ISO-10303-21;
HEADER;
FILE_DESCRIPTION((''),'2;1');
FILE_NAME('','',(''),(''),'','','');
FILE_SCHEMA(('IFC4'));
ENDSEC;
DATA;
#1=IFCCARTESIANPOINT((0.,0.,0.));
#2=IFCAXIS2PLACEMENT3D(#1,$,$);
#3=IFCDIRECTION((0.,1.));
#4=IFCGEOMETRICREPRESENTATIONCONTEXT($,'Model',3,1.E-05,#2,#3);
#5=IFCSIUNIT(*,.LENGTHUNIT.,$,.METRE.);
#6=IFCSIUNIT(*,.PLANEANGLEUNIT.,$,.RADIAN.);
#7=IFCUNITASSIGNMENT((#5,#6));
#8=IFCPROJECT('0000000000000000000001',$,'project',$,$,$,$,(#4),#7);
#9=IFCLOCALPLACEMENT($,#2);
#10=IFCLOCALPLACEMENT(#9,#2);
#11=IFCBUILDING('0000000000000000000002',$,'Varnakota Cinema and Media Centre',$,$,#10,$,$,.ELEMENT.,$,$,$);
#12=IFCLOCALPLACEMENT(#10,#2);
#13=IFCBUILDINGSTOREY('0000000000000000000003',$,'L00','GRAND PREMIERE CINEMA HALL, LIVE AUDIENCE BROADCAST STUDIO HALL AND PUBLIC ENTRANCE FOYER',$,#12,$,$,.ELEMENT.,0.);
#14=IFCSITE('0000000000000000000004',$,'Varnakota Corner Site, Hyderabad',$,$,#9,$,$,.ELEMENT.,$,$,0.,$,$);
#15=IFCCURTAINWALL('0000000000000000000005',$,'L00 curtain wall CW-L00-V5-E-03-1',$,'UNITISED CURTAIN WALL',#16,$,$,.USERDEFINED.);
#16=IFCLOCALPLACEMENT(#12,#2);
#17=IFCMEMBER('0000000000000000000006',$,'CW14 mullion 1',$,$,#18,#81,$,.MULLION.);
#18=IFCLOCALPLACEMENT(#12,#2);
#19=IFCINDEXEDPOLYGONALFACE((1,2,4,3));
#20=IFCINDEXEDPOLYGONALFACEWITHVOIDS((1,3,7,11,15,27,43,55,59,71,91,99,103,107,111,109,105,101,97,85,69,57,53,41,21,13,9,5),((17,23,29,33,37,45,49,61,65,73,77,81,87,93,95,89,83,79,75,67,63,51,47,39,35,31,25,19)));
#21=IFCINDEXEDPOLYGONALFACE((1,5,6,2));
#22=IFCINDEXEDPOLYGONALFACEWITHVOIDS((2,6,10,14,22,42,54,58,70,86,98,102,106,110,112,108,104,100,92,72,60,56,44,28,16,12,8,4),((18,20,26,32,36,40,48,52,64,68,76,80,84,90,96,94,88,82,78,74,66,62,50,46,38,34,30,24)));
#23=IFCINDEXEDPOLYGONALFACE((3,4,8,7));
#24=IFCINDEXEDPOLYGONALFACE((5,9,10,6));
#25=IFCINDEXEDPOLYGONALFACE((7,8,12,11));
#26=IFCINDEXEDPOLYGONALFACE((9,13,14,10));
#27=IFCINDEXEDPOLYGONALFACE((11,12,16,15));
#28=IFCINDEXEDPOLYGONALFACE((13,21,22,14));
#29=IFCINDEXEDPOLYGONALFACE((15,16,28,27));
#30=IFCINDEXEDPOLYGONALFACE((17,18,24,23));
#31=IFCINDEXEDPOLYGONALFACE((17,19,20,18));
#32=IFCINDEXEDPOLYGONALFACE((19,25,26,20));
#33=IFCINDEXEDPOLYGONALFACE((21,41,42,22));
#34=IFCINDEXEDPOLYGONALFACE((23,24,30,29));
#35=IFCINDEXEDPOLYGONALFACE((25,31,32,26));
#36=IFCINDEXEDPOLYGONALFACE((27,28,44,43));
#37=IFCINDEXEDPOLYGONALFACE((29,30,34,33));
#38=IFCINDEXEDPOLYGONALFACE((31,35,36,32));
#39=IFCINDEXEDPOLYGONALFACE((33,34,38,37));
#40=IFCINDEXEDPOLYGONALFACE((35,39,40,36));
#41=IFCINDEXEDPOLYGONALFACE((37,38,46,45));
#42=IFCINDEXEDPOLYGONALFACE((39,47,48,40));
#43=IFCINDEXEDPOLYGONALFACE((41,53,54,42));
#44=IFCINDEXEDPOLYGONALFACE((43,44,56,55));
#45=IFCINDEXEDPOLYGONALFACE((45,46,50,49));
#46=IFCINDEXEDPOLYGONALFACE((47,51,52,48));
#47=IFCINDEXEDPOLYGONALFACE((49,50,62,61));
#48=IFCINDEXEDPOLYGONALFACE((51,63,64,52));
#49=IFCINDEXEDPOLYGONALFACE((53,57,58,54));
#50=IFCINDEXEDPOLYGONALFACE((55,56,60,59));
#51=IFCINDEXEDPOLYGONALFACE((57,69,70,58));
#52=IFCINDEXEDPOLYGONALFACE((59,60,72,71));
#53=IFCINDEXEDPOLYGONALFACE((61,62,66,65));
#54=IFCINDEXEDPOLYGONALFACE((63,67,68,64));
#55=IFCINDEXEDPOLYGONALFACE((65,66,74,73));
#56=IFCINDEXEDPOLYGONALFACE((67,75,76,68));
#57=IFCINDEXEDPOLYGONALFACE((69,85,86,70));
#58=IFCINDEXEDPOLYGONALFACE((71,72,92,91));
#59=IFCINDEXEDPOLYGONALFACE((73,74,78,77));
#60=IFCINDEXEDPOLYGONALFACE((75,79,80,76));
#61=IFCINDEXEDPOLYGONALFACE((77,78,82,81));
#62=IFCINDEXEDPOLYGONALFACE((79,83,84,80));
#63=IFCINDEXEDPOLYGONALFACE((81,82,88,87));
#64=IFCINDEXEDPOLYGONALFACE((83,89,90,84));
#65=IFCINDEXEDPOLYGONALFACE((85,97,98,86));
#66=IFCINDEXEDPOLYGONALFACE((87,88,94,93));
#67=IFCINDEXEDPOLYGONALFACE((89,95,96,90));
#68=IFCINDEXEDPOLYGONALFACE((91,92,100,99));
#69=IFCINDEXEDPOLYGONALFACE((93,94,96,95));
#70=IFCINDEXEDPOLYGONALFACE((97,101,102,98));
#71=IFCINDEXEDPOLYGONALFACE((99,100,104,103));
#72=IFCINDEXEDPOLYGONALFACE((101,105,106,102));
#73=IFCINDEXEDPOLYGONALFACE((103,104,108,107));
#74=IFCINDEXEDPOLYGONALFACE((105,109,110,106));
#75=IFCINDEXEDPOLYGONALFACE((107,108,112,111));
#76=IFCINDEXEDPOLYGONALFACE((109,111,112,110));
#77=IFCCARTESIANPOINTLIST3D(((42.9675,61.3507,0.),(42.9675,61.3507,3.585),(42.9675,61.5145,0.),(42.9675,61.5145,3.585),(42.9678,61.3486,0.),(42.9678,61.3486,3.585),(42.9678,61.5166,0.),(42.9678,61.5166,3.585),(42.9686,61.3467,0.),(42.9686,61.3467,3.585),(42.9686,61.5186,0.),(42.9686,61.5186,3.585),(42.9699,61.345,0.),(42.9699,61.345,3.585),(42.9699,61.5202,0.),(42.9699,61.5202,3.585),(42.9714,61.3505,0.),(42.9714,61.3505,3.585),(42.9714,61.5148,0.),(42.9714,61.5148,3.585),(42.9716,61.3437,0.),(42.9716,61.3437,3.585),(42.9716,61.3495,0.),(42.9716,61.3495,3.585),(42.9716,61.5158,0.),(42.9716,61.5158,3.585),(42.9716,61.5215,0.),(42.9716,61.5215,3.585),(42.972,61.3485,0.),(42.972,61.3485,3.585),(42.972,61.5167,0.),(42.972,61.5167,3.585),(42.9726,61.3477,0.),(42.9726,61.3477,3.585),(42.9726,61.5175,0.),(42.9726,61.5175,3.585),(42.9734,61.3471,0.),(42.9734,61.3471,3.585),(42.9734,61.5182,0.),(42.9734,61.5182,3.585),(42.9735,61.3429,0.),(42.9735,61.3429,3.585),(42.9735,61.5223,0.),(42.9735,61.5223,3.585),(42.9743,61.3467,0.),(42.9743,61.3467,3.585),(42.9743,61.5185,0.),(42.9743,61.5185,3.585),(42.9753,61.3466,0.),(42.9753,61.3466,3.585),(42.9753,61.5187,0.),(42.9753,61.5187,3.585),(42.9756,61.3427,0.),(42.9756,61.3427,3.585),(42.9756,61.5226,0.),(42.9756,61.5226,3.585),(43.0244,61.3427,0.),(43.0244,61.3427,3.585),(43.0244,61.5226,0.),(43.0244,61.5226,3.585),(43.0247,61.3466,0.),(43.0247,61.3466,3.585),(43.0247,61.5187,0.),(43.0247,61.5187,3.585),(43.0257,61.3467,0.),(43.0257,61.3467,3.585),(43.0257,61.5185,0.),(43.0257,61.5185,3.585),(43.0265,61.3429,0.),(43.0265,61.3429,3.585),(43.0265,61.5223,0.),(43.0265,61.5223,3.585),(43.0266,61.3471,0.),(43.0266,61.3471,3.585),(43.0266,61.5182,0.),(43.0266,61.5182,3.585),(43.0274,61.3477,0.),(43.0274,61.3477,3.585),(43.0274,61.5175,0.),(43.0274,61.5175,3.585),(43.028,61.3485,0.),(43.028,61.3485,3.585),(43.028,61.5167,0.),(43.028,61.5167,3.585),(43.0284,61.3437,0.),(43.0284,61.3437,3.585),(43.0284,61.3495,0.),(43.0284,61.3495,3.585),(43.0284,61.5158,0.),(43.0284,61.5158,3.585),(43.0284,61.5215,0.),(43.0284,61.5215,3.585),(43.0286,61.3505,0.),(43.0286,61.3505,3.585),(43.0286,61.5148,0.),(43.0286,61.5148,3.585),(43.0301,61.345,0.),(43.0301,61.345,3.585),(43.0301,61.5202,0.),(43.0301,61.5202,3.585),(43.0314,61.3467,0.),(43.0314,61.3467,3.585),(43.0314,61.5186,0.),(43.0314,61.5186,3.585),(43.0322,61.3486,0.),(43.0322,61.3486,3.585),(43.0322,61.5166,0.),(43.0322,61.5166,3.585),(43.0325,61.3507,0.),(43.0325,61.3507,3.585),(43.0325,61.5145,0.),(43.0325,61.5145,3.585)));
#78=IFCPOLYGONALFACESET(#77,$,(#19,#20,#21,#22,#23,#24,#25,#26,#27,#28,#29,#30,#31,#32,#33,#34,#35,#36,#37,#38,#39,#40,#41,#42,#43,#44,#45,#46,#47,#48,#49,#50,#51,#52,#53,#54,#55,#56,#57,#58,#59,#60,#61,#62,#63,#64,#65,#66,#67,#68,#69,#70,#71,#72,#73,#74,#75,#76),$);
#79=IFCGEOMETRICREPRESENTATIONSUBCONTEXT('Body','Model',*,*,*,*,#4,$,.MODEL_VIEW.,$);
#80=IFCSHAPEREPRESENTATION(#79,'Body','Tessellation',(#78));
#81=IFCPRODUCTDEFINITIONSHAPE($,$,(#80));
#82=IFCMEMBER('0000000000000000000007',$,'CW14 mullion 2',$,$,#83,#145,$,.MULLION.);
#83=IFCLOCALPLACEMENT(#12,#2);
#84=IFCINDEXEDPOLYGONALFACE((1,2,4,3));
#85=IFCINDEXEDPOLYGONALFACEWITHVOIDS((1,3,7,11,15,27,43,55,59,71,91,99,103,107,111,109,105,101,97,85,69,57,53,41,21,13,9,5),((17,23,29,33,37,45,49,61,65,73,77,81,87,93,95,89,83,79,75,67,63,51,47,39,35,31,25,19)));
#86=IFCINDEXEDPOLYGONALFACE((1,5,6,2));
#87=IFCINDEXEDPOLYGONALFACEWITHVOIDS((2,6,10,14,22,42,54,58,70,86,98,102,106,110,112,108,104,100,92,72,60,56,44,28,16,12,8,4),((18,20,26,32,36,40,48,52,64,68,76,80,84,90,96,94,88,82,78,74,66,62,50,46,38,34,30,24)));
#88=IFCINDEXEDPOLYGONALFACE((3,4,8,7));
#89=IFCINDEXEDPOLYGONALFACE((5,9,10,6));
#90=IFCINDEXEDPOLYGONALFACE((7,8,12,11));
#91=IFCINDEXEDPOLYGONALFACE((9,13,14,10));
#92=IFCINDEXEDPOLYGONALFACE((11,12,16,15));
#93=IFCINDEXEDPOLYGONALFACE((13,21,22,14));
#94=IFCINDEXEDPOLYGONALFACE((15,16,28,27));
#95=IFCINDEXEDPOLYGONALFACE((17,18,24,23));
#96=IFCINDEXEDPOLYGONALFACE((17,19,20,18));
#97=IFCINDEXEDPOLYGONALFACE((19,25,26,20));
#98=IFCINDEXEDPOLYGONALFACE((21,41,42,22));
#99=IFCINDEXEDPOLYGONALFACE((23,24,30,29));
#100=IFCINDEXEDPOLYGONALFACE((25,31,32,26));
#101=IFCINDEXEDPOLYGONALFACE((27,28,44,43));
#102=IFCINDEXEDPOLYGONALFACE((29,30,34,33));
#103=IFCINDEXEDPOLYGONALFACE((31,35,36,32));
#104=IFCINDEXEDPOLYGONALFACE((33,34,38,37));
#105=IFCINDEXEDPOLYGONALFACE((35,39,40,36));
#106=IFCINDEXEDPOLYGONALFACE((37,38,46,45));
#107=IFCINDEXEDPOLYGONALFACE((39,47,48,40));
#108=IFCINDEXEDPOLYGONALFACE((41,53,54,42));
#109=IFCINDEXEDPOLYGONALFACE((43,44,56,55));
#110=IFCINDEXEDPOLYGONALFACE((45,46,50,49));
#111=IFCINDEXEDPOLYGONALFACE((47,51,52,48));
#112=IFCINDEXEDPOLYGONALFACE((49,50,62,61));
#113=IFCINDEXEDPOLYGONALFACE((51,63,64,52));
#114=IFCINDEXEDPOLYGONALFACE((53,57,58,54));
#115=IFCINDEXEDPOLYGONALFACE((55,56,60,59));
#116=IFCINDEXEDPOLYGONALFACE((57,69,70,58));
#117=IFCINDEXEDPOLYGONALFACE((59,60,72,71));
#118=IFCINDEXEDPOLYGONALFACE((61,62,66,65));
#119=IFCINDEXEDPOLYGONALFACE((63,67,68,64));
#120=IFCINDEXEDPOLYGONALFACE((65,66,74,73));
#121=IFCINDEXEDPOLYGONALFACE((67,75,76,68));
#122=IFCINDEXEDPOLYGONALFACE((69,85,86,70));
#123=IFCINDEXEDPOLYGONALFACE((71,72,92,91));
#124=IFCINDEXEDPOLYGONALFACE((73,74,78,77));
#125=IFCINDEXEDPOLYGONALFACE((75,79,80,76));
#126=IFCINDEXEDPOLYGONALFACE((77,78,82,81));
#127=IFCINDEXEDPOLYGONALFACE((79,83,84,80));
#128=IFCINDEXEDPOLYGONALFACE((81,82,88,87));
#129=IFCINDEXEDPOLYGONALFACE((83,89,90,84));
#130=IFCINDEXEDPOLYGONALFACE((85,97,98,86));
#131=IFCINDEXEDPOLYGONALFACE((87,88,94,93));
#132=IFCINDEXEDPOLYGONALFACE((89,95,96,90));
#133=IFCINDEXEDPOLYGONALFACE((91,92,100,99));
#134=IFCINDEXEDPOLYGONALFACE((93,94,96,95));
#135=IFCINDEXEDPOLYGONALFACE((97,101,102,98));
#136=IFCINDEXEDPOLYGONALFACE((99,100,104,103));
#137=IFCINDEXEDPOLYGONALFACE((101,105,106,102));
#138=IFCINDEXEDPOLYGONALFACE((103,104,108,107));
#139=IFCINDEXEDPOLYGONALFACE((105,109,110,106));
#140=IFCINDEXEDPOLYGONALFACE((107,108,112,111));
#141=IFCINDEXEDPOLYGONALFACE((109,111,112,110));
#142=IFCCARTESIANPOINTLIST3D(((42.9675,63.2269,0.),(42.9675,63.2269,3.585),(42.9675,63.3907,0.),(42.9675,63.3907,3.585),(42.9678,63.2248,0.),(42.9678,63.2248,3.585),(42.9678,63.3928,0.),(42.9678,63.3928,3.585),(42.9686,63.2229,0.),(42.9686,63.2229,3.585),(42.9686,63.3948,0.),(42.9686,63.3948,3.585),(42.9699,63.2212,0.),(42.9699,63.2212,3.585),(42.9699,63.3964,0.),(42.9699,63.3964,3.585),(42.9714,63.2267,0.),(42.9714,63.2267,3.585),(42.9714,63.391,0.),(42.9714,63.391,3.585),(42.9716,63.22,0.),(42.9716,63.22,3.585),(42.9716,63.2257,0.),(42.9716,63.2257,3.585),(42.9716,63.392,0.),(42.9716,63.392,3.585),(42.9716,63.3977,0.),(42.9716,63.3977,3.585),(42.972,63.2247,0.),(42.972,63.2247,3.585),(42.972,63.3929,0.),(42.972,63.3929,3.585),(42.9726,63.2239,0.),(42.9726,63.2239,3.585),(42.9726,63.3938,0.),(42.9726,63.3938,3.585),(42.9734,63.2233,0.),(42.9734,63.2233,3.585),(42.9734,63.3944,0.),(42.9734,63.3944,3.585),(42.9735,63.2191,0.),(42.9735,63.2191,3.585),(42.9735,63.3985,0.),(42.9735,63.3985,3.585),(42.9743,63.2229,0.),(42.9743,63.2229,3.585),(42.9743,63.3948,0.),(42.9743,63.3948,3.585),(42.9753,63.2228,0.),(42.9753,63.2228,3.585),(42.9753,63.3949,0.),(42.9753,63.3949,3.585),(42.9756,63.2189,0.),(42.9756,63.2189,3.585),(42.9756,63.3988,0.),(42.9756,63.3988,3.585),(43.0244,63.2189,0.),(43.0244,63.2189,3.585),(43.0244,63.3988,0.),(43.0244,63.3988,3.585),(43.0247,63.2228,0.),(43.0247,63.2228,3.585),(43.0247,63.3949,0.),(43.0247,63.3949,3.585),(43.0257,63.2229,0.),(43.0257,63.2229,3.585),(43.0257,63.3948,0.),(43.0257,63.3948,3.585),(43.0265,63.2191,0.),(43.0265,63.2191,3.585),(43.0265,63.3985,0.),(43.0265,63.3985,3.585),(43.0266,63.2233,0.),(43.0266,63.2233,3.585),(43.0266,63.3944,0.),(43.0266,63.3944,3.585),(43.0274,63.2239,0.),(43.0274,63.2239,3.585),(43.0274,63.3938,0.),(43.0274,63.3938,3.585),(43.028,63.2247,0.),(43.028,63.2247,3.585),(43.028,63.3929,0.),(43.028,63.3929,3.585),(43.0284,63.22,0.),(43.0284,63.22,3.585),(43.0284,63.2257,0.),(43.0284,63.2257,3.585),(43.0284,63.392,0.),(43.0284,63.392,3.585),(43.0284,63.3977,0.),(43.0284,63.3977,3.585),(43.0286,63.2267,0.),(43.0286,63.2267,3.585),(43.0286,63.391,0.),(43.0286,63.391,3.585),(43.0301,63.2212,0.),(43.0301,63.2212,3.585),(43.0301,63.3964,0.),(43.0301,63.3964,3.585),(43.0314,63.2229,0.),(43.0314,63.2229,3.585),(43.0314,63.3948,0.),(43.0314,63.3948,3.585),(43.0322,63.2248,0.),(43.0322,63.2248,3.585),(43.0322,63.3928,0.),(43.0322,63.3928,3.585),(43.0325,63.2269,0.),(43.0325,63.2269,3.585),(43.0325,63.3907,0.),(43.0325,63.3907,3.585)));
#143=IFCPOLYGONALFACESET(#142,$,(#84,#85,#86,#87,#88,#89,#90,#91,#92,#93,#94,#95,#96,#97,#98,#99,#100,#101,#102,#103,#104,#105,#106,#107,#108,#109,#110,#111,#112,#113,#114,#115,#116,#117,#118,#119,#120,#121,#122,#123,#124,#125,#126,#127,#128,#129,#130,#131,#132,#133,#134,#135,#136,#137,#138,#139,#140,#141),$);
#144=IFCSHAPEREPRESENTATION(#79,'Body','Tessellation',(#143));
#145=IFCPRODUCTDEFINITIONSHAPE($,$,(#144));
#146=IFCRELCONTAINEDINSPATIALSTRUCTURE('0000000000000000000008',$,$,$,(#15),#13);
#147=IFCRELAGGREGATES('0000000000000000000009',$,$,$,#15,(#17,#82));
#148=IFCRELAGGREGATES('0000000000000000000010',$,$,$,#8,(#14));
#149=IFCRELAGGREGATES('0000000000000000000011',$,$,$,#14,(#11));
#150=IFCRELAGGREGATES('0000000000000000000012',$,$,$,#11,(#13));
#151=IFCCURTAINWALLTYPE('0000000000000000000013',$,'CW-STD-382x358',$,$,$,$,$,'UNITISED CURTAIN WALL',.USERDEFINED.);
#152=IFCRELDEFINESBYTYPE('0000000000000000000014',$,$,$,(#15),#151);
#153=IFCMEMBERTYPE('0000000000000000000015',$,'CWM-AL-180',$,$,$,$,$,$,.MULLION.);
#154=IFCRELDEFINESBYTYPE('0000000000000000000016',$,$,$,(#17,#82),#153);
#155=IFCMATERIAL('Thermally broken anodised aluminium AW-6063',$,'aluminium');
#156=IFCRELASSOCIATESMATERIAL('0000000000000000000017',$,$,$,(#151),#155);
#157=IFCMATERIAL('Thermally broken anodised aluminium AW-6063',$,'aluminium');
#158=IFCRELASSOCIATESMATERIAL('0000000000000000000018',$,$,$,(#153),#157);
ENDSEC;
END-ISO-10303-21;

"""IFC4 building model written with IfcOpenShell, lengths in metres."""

from ifc_helpers import new_model, si_unit, direction, frame, origin, origin_2d, place, context, subcontext, project, spatial, hollow_rectangle, extrude, material, material_profile, profile_set, type_object, element, aggregate, save


model = new_model("IFC4")

# Units and contexts
model_context = context("Model", 3, precision=1e-05, world=origin(), true_north=direction((0.0, 1.0)))
body_context = subcontext(model_context, "Body", "Model", "MODEL_VIEW")
ifc_project = project(units=[si_unit("LENGTHUNIT", "METRE"), si_unit("PLANEANGLEUNIT", "RADIAN")], contexts=[model_context])

# Site, building, storey
site_placement = place(None, origin())
site = spatial("IfcSite", under=ifc_project, at=site_placement, Name="Varnakota Corner Site, Hyderabad", CompositionType="ELEMENT", RefElevation=0.0)
building_placement = place(site_placement, origin())
building = spatial("IfcBuilding", under=site, at=building_placement, Name="Varnakota Cinema and Media Centre", CompositionType="ELEMENT")
storey_placement = place(building_placement, origin())
storey = spatial("IfcBuildingStorey", under=building, at=storey_placement, Name="L00", Description="GRAND PREMIERE CINEMA HALL, LIVE AUDIENCE BROADCAST STUDIO HALL AND PUBLIC ENTRANCE FOYER", CompositionType="ELEMENT", Elevation=0.0)

# Shared definitions
ifc_material_1 = material(Name="Thermally broken anodised aluminium AW-6063", Category="aluminium")
curtain_wall_type = type_object("IfcCurtainWallType", Name="CW-STD-382x358", ElementType="UNITISED CURTAIN WALL", PredefinedType="USERDEFINED", material=ifc_material_1)
ifc_material_2 = material(Name="Thermally broken anodised aluminium AW-6063", Category="aluminium")
ifc_material_profile_1 = material_profile(ifc_material_2, hollow_rectangle(XDim=0.0649, YDim=0.1799, WallThickness=0.0039, InnerFilletRadius=0.0039, OuterFilletRadius=0.0081, at=origin_2d()), Name="AL-MULLION 180x65x4")
ifc_profile_set_1 = profile_set([ifc_material_profile_1], Name="Thermally broken anodised aluminium AW-6063")
member_type_1 = type_object("IfcMemberType", Name="CWM-AL-180", PredefinedType="MULLION", material=ifc_profile_set_1)

# Curtain wall, members
curtain_wall_1_placement = place(storey_placement, origin())
curtain_wall_1 = element("IfcCurtainWall", 1, at=curtain_wall_1_placement, inside=storey, type_object=curtain_wall_type, Name="L00 curtain wall CW-L00-V5-E-03-1", ObjectType="UNITISED CURTAIN WALL", PredefinedType="USERDEFINED")
member_1_placement = place(storey_placement, frame((43.0, 61.4326, 0.0), z_axis=(0.0, 0.0, 1.0), x_axis=(-1.0, 0.0, 0.0)))
member_1 = element("IfcMember", 2, at=member_1_placement, type_object=member_type_1, Name="CW14 mullion 1", PredefinedType="MULLION", context=body_context, shape_type="SweptSolid", body=[
    extrude(hollow_rectangle(XDim=0.0649, YDim=0.1799, WallThickness=0.0039, InnerFilletRadius=0.0039, OuterFilletRadius=0.0081, at=origin_2d()), origin(), (0.0, 0.0, 1.0), 3.585),
])
member_2_placement = place(storey_placement, frame((43.0, 63.3088, 0.0), z_axis=(0.0, 0.0, 1.0), x_axis=(-1.0, 0.0, 0.0)))
member_2 = element("IfcMember", 3, at=member_2_placement, type_object=member_type_1, Name="CW14 mullion 2", PredefinedType="MULLION", context=body_context, shape_type="SweptSolid", body=[
    extrude(hollow_rectangle(XDim=0.0649, YDim=0.1799, WallThickness=0.0039, InnerFilletRadius=0.0039, OuterFilletRadius=0.0081, at=origin_2d()), origin(), (0.0, 0.0, 1.0), 3.585),
])

aggregate(curtain_wall_1, [member_1, member_2])

save(model, "model.ifc")
